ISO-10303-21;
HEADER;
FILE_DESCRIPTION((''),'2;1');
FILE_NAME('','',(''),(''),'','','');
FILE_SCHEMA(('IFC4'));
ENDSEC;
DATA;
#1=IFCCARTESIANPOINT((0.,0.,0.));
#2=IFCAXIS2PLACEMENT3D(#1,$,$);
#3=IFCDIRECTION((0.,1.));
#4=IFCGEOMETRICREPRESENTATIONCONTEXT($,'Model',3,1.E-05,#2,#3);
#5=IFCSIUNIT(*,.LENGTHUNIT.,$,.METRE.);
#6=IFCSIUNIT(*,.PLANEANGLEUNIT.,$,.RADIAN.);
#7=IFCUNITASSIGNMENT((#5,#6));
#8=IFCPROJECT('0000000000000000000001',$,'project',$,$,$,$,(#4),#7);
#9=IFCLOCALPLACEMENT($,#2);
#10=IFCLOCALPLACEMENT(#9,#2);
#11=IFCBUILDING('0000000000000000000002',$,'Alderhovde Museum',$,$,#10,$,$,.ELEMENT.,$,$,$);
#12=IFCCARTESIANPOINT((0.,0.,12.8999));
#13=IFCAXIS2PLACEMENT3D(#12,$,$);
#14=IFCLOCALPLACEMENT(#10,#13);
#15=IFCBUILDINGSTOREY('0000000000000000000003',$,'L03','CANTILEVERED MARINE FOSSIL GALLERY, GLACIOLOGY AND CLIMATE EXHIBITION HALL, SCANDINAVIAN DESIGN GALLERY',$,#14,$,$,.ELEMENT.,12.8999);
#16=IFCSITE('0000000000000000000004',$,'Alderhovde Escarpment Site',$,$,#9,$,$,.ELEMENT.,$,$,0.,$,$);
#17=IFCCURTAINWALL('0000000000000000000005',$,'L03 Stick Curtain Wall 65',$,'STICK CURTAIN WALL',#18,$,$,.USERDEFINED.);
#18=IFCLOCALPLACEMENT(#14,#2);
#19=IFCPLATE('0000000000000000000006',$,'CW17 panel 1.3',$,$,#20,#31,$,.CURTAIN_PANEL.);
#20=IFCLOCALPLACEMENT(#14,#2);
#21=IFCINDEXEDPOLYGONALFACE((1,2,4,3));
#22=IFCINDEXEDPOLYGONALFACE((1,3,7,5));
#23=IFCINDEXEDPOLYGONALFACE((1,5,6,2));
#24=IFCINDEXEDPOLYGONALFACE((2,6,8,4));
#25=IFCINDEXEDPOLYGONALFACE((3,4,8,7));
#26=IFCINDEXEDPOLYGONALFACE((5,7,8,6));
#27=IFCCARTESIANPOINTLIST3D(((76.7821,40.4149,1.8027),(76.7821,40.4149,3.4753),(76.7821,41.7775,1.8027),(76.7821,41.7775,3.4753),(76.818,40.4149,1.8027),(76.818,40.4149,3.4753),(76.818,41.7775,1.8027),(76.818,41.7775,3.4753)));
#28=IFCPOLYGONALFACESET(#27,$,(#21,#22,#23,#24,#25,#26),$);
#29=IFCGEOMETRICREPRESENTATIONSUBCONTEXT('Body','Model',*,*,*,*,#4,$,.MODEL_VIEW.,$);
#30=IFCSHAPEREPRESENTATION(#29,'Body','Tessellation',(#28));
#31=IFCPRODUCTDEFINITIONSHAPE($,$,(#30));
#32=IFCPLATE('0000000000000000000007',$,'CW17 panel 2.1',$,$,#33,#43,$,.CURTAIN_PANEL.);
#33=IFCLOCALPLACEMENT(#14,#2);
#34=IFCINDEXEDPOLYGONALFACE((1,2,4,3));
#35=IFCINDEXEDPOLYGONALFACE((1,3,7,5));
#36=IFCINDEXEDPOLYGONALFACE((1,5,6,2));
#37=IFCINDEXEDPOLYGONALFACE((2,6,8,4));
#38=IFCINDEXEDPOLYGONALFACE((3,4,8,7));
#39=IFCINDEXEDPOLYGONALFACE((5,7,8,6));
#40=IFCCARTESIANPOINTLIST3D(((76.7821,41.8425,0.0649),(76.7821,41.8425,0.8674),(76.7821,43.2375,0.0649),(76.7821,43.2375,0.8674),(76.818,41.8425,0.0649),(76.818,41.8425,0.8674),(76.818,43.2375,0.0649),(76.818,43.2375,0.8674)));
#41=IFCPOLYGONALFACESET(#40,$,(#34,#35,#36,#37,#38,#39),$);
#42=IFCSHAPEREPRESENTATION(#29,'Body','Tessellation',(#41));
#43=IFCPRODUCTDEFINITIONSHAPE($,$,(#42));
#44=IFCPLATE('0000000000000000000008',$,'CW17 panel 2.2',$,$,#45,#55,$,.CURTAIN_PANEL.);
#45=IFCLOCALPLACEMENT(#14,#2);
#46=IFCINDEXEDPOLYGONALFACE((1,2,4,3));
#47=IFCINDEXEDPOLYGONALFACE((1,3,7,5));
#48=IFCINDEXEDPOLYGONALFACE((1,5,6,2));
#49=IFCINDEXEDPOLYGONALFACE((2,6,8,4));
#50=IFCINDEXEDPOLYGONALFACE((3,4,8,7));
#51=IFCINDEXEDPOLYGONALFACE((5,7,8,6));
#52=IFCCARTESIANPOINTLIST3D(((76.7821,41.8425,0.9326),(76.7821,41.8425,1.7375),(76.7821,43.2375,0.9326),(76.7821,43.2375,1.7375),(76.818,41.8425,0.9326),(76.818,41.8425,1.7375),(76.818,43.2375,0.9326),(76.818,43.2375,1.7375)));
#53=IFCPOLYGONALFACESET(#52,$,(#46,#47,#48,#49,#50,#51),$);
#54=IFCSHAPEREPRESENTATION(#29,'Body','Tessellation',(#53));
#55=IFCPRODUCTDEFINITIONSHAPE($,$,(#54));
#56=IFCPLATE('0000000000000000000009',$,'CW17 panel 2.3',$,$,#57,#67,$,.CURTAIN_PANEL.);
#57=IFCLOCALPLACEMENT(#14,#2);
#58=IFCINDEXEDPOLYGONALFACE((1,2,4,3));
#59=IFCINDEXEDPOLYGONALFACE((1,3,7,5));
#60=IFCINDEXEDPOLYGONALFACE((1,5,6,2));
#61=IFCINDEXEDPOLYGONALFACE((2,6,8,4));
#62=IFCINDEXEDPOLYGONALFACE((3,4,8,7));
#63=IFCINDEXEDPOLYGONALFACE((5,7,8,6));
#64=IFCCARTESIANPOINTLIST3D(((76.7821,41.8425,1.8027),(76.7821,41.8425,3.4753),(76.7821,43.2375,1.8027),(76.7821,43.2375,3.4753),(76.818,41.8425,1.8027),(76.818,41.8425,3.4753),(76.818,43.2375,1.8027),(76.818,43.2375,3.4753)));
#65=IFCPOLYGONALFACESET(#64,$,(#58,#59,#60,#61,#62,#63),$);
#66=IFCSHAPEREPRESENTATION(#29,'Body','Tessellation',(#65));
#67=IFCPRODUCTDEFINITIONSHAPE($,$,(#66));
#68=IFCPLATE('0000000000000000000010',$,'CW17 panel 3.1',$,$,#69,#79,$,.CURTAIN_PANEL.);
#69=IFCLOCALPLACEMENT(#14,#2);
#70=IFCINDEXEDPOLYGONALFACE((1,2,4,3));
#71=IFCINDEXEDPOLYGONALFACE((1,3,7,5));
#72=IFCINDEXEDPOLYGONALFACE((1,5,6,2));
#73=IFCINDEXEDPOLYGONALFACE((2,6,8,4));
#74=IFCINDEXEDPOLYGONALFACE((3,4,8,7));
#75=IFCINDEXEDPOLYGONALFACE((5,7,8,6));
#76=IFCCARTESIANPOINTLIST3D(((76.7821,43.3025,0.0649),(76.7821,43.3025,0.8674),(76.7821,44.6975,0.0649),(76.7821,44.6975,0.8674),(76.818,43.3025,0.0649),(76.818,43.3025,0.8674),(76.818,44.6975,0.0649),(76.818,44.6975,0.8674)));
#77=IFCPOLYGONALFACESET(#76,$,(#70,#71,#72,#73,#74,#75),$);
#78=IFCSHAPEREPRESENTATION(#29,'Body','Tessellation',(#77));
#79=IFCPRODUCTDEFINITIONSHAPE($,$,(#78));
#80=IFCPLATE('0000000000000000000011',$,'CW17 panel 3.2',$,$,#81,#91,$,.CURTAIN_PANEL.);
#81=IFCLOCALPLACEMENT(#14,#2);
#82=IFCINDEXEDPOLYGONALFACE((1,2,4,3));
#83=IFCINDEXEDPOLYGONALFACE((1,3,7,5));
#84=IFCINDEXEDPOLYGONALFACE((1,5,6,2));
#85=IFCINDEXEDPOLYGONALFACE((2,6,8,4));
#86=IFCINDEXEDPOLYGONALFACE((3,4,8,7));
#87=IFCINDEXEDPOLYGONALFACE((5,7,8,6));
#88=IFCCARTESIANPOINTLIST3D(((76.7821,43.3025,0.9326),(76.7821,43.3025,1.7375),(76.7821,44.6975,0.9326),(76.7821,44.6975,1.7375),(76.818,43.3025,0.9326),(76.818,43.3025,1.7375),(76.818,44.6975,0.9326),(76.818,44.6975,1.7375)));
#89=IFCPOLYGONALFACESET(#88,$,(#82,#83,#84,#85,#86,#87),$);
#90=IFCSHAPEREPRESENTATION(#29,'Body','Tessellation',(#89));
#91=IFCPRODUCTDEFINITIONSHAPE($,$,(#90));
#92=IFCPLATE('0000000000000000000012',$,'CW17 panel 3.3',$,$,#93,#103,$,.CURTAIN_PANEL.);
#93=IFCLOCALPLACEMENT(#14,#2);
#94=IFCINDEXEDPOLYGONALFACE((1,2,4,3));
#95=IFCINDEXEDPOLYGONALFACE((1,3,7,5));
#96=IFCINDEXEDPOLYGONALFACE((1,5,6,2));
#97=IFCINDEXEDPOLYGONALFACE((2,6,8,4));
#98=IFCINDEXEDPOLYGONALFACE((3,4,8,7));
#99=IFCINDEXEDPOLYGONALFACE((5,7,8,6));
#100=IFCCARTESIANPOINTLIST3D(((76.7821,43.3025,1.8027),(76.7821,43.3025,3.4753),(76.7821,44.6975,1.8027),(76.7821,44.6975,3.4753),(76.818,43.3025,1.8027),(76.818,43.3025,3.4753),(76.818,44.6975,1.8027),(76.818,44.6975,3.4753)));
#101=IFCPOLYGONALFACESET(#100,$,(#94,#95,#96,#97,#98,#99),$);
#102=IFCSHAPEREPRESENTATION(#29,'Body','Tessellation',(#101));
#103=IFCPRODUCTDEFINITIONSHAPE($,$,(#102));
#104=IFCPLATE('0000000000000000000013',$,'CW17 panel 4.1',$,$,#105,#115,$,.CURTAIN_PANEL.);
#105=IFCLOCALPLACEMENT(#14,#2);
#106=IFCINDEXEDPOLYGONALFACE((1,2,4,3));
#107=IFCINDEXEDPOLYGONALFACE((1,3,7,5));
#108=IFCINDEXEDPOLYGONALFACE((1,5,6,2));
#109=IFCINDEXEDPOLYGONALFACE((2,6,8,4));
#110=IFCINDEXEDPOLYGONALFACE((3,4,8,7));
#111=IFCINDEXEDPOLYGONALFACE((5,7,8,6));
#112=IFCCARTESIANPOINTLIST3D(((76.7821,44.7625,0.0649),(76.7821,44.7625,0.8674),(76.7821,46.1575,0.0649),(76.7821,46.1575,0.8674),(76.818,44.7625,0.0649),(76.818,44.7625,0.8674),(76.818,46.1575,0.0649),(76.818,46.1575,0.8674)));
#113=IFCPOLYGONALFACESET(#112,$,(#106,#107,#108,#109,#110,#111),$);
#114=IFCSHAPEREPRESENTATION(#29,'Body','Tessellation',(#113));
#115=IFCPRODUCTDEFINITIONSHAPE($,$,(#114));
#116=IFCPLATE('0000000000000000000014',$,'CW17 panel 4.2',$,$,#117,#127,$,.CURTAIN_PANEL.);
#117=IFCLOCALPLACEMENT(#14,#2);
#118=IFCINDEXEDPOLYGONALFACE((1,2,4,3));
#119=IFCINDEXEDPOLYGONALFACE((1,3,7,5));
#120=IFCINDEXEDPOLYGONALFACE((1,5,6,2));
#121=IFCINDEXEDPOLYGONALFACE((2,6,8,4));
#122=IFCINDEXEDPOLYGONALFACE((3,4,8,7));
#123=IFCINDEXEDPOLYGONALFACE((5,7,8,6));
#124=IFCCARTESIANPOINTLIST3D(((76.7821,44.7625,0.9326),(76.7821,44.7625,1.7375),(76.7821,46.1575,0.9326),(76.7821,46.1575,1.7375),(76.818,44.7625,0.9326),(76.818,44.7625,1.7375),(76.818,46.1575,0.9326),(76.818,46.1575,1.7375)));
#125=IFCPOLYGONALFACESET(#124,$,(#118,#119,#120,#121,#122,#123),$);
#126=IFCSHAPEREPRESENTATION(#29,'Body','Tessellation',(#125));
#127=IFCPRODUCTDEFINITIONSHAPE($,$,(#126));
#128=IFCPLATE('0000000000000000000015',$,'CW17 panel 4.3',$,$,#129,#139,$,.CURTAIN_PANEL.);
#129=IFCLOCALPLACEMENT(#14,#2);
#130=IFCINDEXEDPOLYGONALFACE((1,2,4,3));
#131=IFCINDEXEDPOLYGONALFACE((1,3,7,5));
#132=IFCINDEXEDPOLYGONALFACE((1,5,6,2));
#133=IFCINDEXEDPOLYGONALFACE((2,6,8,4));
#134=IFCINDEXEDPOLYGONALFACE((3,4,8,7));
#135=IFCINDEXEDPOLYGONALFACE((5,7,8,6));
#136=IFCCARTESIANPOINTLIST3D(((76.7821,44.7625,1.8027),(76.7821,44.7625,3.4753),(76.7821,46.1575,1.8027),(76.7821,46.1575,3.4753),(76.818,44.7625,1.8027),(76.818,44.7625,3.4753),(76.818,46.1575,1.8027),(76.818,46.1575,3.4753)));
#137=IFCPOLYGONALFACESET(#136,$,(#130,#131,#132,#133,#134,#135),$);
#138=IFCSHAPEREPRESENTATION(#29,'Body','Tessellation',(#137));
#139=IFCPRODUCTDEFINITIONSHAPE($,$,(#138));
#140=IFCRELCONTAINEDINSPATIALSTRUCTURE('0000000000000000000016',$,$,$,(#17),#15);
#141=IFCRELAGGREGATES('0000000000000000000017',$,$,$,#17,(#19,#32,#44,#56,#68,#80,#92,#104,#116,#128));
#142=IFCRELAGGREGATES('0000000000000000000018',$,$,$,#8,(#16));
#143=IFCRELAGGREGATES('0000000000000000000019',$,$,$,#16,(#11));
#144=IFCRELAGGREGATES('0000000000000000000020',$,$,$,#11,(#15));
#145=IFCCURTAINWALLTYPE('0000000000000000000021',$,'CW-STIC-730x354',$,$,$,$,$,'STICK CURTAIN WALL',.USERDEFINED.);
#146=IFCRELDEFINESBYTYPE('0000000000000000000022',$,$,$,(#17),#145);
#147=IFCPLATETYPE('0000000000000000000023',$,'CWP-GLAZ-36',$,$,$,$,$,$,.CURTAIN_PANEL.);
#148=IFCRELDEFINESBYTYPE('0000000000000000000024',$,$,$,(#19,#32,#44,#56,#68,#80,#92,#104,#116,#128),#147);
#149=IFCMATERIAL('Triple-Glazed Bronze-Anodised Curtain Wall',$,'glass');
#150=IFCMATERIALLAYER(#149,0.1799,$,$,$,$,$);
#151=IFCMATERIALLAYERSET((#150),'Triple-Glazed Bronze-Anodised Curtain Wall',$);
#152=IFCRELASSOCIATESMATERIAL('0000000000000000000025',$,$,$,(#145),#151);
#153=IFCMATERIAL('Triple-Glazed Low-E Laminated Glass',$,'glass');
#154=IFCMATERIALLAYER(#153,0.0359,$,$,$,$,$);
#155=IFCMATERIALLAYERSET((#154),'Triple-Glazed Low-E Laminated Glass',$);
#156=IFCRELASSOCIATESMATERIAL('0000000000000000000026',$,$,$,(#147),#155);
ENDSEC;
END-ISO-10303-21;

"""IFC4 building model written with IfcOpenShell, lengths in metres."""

from ifc_helpers import new_model, si_unit, direction, frame, origin, origin_2d, place, context, subcontext, project, spatial, rectangle, extrude, material, layer, layer_set, type_object, element, aggregate, save


model = new_model("IFC4")

# Units and contexts
model_context = context("Model", 3, precision=1e-05, world=origin(), true_north=direction((0.0, 1.0)))
body_context = subcontext(model_context, "Body", "Model", "MODEL_VIEW")
ifc_project = project(units=[si_unit("LENGTHUNIT", "METRE"), si_unit("PLANEANGLEUNIT", "RADIAN")], contexts=[model_context])

# Site, building, storey
site_placement = place(None, origin())
site = spatial("IfcSite", under=ifc_project, at=site_placement, Name="Alderhovde Escarpment Site", CompositionType="ELEMENT", RefElevation=0.0)
building_placement = place(site_placement, origin())
building = spatial("IfcBuilding", under=site, at=building_placement, Name="Alderhovde Museum", CompositionType="ELEMENT")
storey_placement = place(building_placement, frame((0.0, 0.0, 12.8999)))
storey = spatial("IfcBuildingStorey", under=building, at=storey_placement, Name="L03", Description="CANTILEVERED MARINE FOSSIL GALLERY, GLACIOLOGY AND CLIMATE EXHIBITION HALL, SCANDINAVIAN DESIGN GALLERY", CompositionType="ELEMENT", Elevation=12.8999)

# Curtain wall, plates
ifc_material_1 = material(Name="Triple-Glazed Bronze-Anodised Curtain Wall", Category="glass")
ifc_layer_1 = layer(ifc_material_1, 0.1799)
ifc_layer_set_1 = layer_set([ifc_layer_1], Name="Triple-Glazed Bronze-Anodised Curtain Wall")
curtain_wall_type = type_object("IfcCurtainWallType", Name="CW-STIC-730x354", ElementType="STICK CURTAIN WALL", PredefinedType="USERDEFINED", material=ifc_layer_set_1)
curtain_wall_placement = place(storey_placement, origin())
curtain_wall = element("IfcCurtainWall", 1, at=curtain_wall_placement, inside=storey, type_object=curtain_wall_type, Name="L03 Stick Curtain Wall 65", ObjectType="STICK CURTAIN WALL", PredefinedType="USERDEFINED")
ifc_material_2 = material(Name="Triple-Glazed Low-E Laminated Glass", Category="glass")
ifc_layer_2 = layer(ifc_material_2, 0.0359)
ifc_layer_set_2 = layer_set([ifc_layer_2], Name="Triple-Glazed Low-E Laminated Glass")
plate_type = type_object("IfcPlateType", Name="CWP-GLAZ-36", PredefinedType="CURTAIN_PANEL", material=ifc_layer_set_2)
plate_1_placement = place(storey_placement, frame((76.8, 41.0962, 1.8027), z_axis=(0.0, 0.0, 1.0), x_axis=(0.0, 1.0, 0.0)))
plate_1 = element("IfcPlate", 2, at=plate_1_placement, type_object=plate_type, Name="CW17 panel 1.3", PredefinedType="CURTAIN_PANEL", context=body_context, shape_type="SweptSolid", body=[
    extrude(rectangle(XDim=1.3625, YDim=0.0359, at=origin_2d()), origin(), (0.0, 0.0, 1.0), 1.6726),
])
plate_2_placement = place(storey_placement, frame((76.8, 42.54, 0.0649), z_axis=(0.0, 0.0, 1.0), x_axis=(0.0, 1.0, 0.0)))
plate_2 = element("IfcPlate", 3, at=plate_2_placement, type_object=plate_type, Name="CW17 panel 2.1", PredefinedType="CURTAIN_PANEL", context=body_context, shape_type="SweptSolid", body=[
    extrude(rectangle(XDim=1.395, YDim=0.0359, at=origin_2d()), origin(), (0.0, 0.0, 1.0), 0.8025),
])
plate_3_placement = place(storey_placement, frame((76.8, 42.54, 0.9326), z_axis=(0.0, 0.0, 1.0), x_axis=(0.0, 1.0, 0.0)))
plate_3 = element("IfcPlate", 4, at=plate_3_placement, type_object=plate_type, Name="CW17 panel 2.2", PredefinedType="CURTAIN_PANEL", context=body_context, shape_type="SweptSolid", body=[
    extrude(rectangle(XDim=1.395, YDim=0.0359, at=origin_2d()), origin(), (0.0, 0.0, 1.0), 0.8049),
])
plate_4_placement = place(storey_placement, frame((76.8, 42.54, 1.8027), z_axis=(0.0, 0.0, 1.0), x_axis=(0.0, 1.0, 0.0)))
plate_4 = element("IfcPlate", 5, at=plate_4_placement, type_object=plate_type, Name="CW17 panel 2.3", PredefinedType="CURTAIN_PANEL", context=body_context, shape_type="SweptSolid", body=[
    extrude(rectangle(XDim=1.395, YDim=0.0359, at=origin_2d()), origin(), (0.0, 0.0, 1.0), 1.6726),
])
plate_5_placement = place(storey_placement, frame((76.8, 44.0, 0.0649), z_axis=(0.0, 0.0, 1.0), x_axis=(0.0, 1.0, 0.0)))
plate_5 = element("IfcPlate", 6, at=plate_5_placement, type_object=plate_type, Name="CW17 panel 3.1", PredefinedType="CURTAIN_PANEL", context=body_context, shape_type="SweptSolid", body=[
    extrude(rectangle(XDim=1.395, YDim=0.0359, at=origin_2d()), origin(), (0.0, 0.0, 1.0), 0.8025),
])
plate_6_placement = place(storey_placement, frame((76.8, 44.0, 0.9326), z_axis=(0.0, 0.0, 1.0), x_axis=(0.0, 1.0, 0.0)))
plate_6 = element("IfcPlate", 7, at=plate_6_placement, type_object=plate_type, Name="CW17 panel 3.2", PredefinedType="CURTAIN_PANEL", context=body_context, shape_type="SweptSolid", body=[
    extrude(rectangle(XDim=1.395, YDim=0.0359, at=origin_2d()), origin(), (0.0, 0.0, 1.0), 0.8049),
])
plate_7_placement = place(storey_placement, frame((76.8, 44.0, 1.8027), z_axis=(0.0, 0.0, 1.0), x_axis=(0.0, 1.0, 0.0)))
plate_7 = element("IfcPlate", 8, at=plate_7_placement, type_object=plate_type, Name="CW17 panel 3.3", PredefinedType="CURTAIN_PANEL", context=body_context, shape_type="SweptSolid", body=[
    extrude(rectangle(XDim=1.395, YDim=0.0359, at=origin_2d()), origin(), (0.0, 0.0, 1.0), 1.6726),
])
plate_8_placement = place(storey_placement, frame((76.8, 45.46, 0.0649), z_axis=(0.0, 0.0, 1.0), x_axis=(0.0, 1.0, 0.0)))
plate_8 = element("IfcPlate", 9, at=plate_8_placement, type_object=plate_type, Name="CW17 panel 4.1", PredefinedType="CURTAIN_PANEL", context=body_context, shape_type="SweptSolid", body=[
    extrude(rectangle(XDim=1.395, YDim=0.0359, at=origin_2d()), origin(), (0.0, 0.0, 1.0), 0.8025),
])
plate_9_placement = place(storey_placement, frame((76.8, 45.46, 0.9326), z_axis=(0.0, 0.0, 1.0), x_axis=(0.0, 1.0, 0.0)))
plate_9 = element("IfcPlate", 10, at=plate_9_placement, type_object=plate_type, Name="CW17 panel 4.2", PredefinedType="CURTAIN_PANEL", context=body_context, shape_type="SweptSolid", body=[
    extrude(rectangle(XDim=1.395, YDim=0.0359, at=origin_2d()), origin(), (0.0, 0.0, 1.0), 0.8049),
])
plate_10_placement = place(storey_placement, frame((76.8, 45.46, 1.8027), z_axis=(0.0, 0.0, 1.0), x_axis=(0.0, 1.0, 0.0)))
plate_10 = element("IfcPlate", 11, at=plate_10_placement, type_object=plate_type, Name="CW17 panel 4.3", PredefinedType="CURTAIN_PANEL", context=body_context, shape_type="SweptSolid", body=[
    extrude(rectangle(XDim=1.395, YDim=0.0359, at=origin_2d()), origin(), (0.0, 0.0, 1.0), 1.6726),
])
aggregate(curtain_wall, [plate_1, plate_2, plate_3, plate_4, plate_5, plate_6, plate_7, plate_8, plate_9, plate_10])

save(model, "model.ifc")
